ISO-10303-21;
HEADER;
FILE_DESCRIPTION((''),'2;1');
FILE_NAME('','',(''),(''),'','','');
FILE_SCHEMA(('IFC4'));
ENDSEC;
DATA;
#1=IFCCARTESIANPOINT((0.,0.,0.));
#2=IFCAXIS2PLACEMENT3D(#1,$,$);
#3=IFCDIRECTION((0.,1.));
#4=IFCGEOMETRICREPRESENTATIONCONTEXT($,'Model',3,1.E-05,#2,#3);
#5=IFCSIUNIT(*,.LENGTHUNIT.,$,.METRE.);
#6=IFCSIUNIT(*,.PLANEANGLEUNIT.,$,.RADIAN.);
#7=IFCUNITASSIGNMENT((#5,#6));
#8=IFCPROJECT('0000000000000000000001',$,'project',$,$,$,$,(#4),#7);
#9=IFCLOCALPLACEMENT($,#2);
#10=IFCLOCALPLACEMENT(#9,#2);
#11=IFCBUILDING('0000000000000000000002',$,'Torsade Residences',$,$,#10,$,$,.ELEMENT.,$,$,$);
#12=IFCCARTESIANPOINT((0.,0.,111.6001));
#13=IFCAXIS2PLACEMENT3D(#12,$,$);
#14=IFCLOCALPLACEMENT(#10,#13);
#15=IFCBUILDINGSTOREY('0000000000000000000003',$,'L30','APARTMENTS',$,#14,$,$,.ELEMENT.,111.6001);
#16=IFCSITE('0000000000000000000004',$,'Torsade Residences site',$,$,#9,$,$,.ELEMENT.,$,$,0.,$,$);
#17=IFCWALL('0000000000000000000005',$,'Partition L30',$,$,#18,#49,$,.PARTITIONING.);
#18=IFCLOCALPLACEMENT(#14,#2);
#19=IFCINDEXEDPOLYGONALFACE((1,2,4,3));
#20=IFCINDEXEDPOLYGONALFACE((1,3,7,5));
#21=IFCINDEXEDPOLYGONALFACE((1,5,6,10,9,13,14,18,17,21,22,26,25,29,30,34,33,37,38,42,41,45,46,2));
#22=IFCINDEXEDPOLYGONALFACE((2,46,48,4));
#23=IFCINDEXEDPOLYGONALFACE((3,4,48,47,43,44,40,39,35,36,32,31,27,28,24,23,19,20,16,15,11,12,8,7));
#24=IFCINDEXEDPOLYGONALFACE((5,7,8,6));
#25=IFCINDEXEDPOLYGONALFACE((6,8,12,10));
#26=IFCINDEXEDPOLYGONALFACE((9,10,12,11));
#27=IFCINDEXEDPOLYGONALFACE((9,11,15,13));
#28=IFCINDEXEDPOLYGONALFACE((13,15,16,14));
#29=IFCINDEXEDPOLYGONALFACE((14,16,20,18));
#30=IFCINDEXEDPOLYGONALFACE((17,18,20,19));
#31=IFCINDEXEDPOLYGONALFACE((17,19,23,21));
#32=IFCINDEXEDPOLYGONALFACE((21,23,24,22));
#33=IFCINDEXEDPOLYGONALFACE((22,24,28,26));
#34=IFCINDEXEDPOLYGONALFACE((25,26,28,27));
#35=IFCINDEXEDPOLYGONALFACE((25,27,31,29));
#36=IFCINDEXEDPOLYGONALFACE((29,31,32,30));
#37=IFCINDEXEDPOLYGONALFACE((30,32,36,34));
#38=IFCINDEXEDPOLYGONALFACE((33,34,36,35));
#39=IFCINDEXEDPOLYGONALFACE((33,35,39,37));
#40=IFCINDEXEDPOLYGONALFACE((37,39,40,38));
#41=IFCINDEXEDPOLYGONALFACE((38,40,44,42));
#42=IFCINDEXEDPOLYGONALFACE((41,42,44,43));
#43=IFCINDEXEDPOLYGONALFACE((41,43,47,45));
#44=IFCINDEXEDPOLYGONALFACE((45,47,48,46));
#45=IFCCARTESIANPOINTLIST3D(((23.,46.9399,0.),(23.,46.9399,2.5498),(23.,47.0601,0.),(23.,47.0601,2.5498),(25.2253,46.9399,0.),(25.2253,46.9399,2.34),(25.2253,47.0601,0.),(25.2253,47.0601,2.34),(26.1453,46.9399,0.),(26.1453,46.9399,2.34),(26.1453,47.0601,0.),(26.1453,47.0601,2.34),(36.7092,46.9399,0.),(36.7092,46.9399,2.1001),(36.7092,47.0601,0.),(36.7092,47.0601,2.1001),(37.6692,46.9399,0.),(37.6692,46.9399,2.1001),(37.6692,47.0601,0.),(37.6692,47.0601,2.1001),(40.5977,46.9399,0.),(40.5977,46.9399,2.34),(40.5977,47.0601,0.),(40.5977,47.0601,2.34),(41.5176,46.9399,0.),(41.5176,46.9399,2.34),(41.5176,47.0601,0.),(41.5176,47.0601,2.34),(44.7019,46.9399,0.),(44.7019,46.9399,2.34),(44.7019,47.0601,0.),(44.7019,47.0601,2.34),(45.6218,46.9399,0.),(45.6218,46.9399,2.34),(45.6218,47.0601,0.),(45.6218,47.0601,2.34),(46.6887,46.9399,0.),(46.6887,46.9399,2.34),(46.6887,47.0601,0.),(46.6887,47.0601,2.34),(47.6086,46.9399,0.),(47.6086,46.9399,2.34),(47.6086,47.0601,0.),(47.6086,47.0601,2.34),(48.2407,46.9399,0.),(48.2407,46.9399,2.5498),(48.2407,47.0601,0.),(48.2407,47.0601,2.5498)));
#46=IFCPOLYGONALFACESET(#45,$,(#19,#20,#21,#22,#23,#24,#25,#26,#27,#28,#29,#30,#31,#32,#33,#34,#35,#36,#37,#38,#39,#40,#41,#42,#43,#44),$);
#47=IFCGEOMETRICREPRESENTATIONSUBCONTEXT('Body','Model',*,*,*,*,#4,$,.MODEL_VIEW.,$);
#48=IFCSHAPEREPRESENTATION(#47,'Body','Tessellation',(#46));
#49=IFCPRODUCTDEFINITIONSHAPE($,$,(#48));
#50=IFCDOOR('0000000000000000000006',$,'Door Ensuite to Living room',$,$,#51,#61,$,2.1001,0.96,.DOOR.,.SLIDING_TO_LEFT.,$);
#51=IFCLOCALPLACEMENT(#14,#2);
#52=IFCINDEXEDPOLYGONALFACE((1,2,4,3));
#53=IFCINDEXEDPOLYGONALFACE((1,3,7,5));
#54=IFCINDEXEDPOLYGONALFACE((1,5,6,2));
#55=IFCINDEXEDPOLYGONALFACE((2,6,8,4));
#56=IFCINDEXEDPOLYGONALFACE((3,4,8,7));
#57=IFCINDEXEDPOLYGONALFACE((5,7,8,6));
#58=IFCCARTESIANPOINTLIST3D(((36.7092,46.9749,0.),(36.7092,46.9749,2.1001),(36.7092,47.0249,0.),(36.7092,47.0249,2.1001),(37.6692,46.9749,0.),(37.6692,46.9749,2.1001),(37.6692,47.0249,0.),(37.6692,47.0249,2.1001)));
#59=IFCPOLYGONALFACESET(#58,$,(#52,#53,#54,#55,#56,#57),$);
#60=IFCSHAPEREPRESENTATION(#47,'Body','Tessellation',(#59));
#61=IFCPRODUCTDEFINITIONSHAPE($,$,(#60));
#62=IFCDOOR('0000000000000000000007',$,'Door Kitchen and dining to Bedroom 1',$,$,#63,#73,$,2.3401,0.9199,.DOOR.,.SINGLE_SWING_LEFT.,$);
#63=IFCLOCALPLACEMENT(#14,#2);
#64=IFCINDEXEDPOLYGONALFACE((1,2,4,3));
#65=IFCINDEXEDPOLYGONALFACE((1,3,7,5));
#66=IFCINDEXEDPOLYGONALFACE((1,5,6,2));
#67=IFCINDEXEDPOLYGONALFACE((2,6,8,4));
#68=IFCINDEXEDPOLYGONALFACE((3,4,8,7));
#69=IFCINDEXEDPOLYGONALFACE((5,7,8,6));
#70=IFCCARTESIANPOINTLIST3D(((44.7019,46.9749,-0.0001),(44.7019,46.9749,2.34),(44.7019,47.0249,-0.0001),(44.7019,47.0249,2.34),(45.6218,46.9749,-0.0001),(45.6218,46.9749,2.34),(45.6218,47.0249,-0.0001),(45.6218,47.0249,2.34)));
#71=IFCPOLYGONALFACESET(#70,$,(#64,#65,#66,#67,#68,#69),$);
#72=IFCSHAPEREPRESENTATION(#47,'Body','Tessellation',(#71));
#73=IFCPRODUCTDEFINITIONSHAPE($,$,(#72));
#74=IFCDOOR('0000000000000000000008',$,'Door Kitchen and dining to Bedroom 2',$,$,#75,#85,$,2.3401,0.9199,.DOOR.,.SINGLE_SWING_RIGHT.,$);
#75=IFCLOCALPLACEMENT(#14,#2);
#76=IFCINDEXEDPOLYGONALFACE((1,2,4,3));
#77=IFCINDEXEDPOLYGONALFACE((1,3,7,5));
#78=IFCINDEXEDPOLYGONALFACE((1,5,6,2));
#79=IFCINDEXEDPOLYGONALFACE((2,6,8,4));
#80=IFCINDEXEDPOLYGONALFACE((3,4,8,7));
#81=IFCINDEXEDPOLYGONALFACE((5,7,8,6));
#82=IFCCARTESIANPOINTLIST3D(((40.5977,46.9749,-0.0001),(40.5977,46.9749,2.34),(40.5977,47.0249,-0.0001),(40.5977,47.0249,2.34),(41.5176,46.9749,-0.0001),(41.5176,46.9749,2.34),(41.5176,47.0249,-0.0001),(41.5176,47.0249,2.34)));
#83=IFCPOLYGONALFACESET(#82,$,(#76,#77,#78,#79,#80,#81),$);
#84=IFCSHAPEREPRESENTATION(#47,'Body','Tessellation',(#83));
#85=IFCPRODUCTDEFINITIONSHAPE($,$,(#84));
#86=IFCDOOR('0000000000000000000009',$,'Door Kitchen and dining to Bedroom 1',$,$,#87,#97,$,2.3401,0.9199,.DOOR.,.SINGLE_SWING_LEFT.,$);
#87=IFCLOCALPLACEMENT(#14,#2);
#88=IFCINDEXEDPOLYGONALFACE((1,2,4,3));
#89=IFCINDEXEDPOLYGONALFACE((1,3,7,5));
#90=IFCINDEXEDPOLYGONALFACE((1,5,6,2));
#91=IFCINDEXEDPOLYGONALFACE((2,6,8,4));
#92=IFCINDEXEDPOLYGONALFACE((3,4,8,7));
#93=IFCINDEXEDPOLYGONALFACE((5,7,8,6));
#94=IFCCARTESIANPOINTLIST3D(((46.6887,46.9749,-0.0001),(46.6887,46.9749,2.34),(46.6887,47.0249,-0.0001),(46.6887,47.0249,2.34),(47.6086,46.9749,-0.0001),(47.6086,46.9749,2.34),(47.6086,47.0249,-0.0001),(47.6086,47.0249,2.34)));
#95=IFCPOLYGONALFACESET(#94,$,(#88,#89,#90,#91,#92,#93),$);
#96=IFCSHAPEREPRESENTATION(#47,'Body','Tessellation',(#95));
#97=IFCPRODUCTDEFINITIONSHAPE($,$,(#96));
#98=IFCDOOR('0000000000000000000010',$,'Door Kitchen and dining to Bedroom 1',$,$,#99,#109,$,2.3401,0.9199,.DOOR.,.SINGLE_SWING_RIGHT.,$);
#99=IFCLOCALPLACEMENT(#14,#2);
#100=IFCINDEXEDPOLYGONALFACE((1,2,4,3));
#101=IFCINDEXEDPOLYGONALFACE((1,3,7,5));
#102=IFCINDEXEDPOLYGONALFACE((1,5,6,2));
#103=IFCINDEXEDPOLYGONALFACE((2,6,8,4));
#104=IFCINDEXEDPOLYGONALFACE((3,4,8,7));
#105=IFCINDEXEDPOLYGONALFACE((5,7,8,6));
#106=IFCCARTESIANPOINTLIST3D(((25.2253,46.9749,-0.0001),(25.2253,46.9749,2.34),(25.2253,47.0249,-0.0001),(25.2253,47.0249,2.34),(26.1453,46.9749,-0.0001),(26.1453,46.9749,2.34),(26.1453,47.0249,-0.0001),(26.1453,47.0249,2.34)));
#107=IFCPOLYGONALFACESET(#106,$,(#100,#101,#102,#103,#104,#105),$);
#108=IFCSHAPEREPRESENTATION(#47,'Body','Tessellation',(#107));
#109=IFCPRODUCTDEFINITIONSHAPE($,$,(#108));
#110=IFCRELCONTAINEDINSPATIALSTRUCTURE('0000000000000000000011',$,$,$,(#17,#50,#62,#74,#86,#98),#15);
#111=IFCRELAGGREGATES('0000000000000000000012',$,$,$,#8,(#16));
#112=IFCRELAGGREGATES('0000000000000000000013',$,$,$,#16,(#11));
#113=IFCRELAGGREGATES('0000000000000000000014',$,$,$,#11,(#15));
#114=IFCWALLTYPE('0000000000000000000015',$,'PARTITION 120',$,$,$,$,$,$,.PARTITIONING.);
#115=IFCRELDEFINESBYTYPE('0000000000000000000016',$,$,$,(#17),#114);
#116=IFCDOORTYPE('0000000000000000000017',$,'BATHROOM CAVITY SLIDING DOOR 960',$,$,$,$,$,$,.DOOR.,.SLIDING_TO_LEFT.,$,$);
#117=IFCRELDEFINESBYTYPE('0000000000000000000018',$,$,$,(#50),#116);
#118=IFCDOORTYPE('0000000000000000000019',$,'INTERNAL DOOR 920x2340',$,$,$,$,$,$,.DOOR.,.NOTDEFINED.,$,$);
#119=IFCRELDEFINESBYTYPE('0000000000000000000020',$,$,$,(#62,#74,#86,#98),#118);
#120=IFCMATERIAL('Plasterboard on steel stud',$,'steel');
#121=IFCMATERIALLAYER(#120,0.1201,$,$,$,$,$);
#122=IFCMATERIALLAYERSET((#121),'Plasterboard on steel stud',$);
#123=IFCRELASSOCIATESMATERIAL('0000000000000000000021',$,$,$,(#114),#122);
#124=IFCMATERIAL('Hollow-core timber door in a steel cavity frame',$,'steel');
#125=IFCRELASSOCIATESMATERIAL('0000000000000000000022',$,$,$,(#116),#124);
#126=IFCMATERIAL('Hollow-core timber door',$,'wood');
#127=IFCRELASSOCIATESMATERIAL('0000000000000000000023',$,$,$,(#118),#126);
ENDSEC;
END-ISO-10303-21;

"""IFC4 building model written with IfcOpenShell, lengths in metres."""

from ifc_helpers import new_model, si_unit, direction, frame, frame_2d, origin, place, context, subcontext, project, spatial, rectangle, extrude, material, layer, layer_set, type_object, element, fill, save


model = new_model("IFC4")

# Units and contexts
model_context = context("Model", 3, precision=1e-05, world=origin(), true_north=direction((0.0, 1.0)))
body_context = subcontext(model_context, "Body", "Model", "MODEL_VIEW")
ifc_project = project(units=[si_unit("LENGTHUNIT", "METRE"), si_unit("PLANEANGLEUNIT", "RADIAN")], contexts=[model_context])

# Site, building, storey
site_placement = place(None, origin())
site = spatial("IfcSite", under=ifc_project, at=site_placement, Name="Torsade Residences site", CompositionType="ELEMENT", RefElevation=0.0)
building_placement = place(site_placement, origin())
building = spatial("IfcBuilding", under=site, at=building_placement, Name="Torsade Residences", CompositionType="ELEMENT")
storey_placement = place(building_placement, frame((0.0, 0.0, 111.6001)))
storey = spatial("IfcBuildingStorey", under=building, at=storey_placement, Name="L30", Description="APARTMENTS", CompositionType="ELEMENT", Elevation=111.6001)

# Wall, openings, doors
ifc_material_1 = material(Name="Plasterboard on steel stud", Category="steel")
ifc_layer_1 = layer(ifc_material_1, 0.1201)
ifc_layer_set_1 = layer_set([ifc_layer_1], Name="Plasterboard on steel stud")
wall_type = type_object("IfcWallType", Name="PARTITION 120", PredefinedType="PARTITIONING", material=ifc_layer_set_1)
wall_placement = place(storey_placement, frame((23.0, 47.0, 0.0), z_axis=(0.0, 0.0, 1.0), x_axis=(1.0, 0.0, 0.0)))
wall = element("IfcWall", 1, at=wall_placement, inside=storey, type_object=wall_type, Name="Partition L30", PredefinedType="PARTITIONING", context=body_context, shape_type="SweptSolid", body=[
    extrude(rectangle(XDim=25.2407, YDim=0.1201, at=frame_2d((12.6204, 0.0))), origin(), (0.0, 0.0, 1.0), 2.5498),
])
opening_1_placement = place(wall_placement, frame((21.7019, 0.0, 0.0)))
opening_1 = element("IfcOpeningElement", 2, at=opening_1_placement, cuts=wall, PredefinedType="OPENING", context=body_context, shape_type="SweptSolid", body=[
    extrude(rectangle(XDim=0.9199, YDim=2.3401, at=frame_2d((0.46, 1.1699))), frame((0.0, 0.0701, 0.0), z_axis=(0.0, -1.0, 0.0), x_axis=(1.0, 0.0, 0.0)), (0.0, 0.0, 1.0), 0.1401),
])
opening_2_placement = place(wall_placement, frame((17.5977, 0.0, 0.0)))
opening_2 = element("IfcOpeningElement", 3, at=opening_2_placement, cuts=wall, PredefinedType="OPENING", context=body_context, shape_type="SweptSolid", body=[
    extrude(rectangle(XDim=0.9199, YDim=2.3401, at=frame_2d((0.46, 1.1699))), frame((0.0, 0.0701, 0.0), z_axis=(0.0, -1.0, 0.0), x_axis=(1.0, 0.0, 0.0)), (0.0, 0.0, 1.0), 0.1401),
])
opening_3_placement = place(wall_placement, frame((23.6887, 0.0, 0.0)))
opening_3 = element("IfcOpeningElement", 4, at=opening_3_placement, cuts=wall, PredefinedType="OPENING", context=body_context, shape_type="SweptSolid", body=[
    extrude(rectangle(XDim=0.9199, YDim=2.3401, at=frame_2d((0.46, 1.1699))), frame((0.0, 0.0701, 0.0), z_axis=(0.0, -1.0, 0.0), x_axis=(1.0, 0.0, 0.0)), (0.0, 0.0, 1.0), 0.1401),
])
opening_4_placement = place(wall_placement, frame((2.2253, 0.0, 0.0)))
opening_4 = element("IfcOpeningElement", 5, at=opening_4_placement, cuts=wall, PredefinedType="OPENING", context=body_context, shape_type="SweptSolid", body=[
    extrude(rectangle(XDim=0.9199, YDim=2.3401, at=frame_2d((0.46, 1.1699))), frame((0.0, 0.0701, 0.0), z_axis=(0.0, -1.0, 0.0), x_axis=(1.0, 0.0, 0.0)), (0.0, 0.0, 1.0), 0.1401),
])
opening_5_placement = place(wall_placement, frame((13.7092, 0.0, 0.0)))
opening_5 = element("IfcOpeningElement", 6, at=opening_5_placement, cuts=wall, PredefinedType="OPENING", context=body_context, shape_type="SweptSolid", body=[
    extrude(rectangle(XDim=0.96, YDim=2.1001, at=frame_2d((0.48, 1.05))), frame((0.0, 0.0701, 0.0), z_axis=(0.0, -1.0, 0.0), x_axis=(1.0, 0.0, 0.0)), (0.0, 0.0, 1.0), 0.1401),
])
ifc_material_2 = material(Name="Hollow-core timber door in a steel cavity frame", Category="steel")
door_type_1 = type_object("IfcDoorType", Name="BATHROOM CAVITY SLIDING DOOR 960", OperationType="SLIDING_TO_LEFT", PredefinedType="DOOR", material=ifc_material_2)
door_1_placement = place(opening_5_placement, origin())
door_1 = element("IfcDoor", 7, at=door_1_placement, inside=storey, type_object=door_type_1, Name="Door Ensuite to Living room", OperationType="SLIDING_TO_LEFT", OverallHeight=2.1001, OverallWidth=0.96, PredefinedType="DOOR", context=body_context, shape_type="SweptSolid", body=[
    extrude(rectangle(XDim=0.96, YDim=2.1001, at=frame_2d((0.48, 1.05))), frame((0.0, 0.0249, 0.0), z_axis=(0.0, -1.0, 0.0), x_axis=(1.0, 0.0, 0.0)), (0.0, 0.0, 1.0), 0.05),
])
fill(opening_5, door_1)
ifc_material_3 = material(Name="Hollow-core timber door", Category="wood")
door_type_2 = type_object("IfcDoorType", Name="INTERNAL DOOR 920x2340", OperationType="NOTDEFINED", PredefinedType="DOOR", material=ifc_material_3)
door_2_placement = place(opening_1_placement, origin())
door_2 = element("IfcDoor", 8, at=door_2_placement, inside=storey, type_object=door_type_2, Name="Door Kitchen and dining to Bedroom 1", OperationType="SINGLE_SWING_LEFT", OverallHeight=2.3401, OverallWidth=0.9199, PredefinedType="DOOR", context=body_context, shape_type="SweptSolid", body=[
    extrude(rectangle(XDim=0.9199, YDim=2.3401, at=frame_2d((0.46, 1.1699))), frame((0.0, 0.0249, 0.0), z_axis=(0.0, -1.0, 0.0), x_axis=(1.0, 0.0, 0.0)), (0.0, 0.0, 1.0), 0.05),
])
fill(opening_1, door_2)
door_3_placement = place(opening_2_placement, origin())
door_3 = element("IfcDoor", 9, at=door_3_placement, inside=storey, type_object=door_type_2, Name="Door Kitchen and dining to Bedroom 2", OperationType="SINGLE_SWING_RIGHT", OverallHeight=2.3401, OverallWidth=0.9199, PredefinedType="DOOR", context=body_context, shape_type="SweptSolid", body=[
    extrude(rectangle(XDim=0.9199, YDim=2.3401, at=frame_2d((0.46, 1.1699))), frame((0.0, 0.0249, 0.0), z_axis=(0.0, -1.0, 0.0), x_axis=(1.0, 0.0, 0.0)), (0.0, 0.0, 1.0), 0.05),
])
fill(opening_2, door_3)
door_4_placement = place(opening_3_placement, origin())
door_4 = element("IfcDoor", 10, at=door_4_placement, inside=storey, type_object=door_type_2, Name="Door Kitchen and dining to Bedroom 1", OperationType="SINGLE_SWING_LEFT", OverallHeight=2.3401, OverallWidth=0.9199, PredefinedType="DOOR", context=body_context, shape_type="SweptSolid", body=[
    extrude(rectangle(XDim=0.9199, YDim=2.3401, at=frame_2d((0.46, 1.1699))), frame((0.0, 0.0249, 0.0), z_axis=(0.0, -1.0, 0.0), x_axis=(1.0, 0.0, 0.0)), (0.0, 0.0, 1.0), 0.05),
])
fill(opening_3, door_4)
door_5_placement = place(opening_4_placement, origin())
door_5 = element("IfcDoor", 11, at=door_5_placement, inside=storey, type_object=door_type_2, Name="Door Kitchen and dining to Bedroom 1", OperationType="SINGLE_SWING_RIGHT", OverallHeight=2.3401, OverallWidth=0.9199, PredefinedType="DOOR", context=body_context, shape_type="SweptSolid", body=[
    extrude(rectangle(XDim=0.9199, YDim=2.3401, at=frame_2d((0.46, 1.1699))), frame((0.0, 0.0249, 0.0), z_axis=(0.0, -1.0, 0.0), x_axis=(1.0, 0.0, 0.0)), (0.0, 0.0, 1.0), 0.05),
])
fill(opening_4, door_5)

save(model, "model.ifc")
